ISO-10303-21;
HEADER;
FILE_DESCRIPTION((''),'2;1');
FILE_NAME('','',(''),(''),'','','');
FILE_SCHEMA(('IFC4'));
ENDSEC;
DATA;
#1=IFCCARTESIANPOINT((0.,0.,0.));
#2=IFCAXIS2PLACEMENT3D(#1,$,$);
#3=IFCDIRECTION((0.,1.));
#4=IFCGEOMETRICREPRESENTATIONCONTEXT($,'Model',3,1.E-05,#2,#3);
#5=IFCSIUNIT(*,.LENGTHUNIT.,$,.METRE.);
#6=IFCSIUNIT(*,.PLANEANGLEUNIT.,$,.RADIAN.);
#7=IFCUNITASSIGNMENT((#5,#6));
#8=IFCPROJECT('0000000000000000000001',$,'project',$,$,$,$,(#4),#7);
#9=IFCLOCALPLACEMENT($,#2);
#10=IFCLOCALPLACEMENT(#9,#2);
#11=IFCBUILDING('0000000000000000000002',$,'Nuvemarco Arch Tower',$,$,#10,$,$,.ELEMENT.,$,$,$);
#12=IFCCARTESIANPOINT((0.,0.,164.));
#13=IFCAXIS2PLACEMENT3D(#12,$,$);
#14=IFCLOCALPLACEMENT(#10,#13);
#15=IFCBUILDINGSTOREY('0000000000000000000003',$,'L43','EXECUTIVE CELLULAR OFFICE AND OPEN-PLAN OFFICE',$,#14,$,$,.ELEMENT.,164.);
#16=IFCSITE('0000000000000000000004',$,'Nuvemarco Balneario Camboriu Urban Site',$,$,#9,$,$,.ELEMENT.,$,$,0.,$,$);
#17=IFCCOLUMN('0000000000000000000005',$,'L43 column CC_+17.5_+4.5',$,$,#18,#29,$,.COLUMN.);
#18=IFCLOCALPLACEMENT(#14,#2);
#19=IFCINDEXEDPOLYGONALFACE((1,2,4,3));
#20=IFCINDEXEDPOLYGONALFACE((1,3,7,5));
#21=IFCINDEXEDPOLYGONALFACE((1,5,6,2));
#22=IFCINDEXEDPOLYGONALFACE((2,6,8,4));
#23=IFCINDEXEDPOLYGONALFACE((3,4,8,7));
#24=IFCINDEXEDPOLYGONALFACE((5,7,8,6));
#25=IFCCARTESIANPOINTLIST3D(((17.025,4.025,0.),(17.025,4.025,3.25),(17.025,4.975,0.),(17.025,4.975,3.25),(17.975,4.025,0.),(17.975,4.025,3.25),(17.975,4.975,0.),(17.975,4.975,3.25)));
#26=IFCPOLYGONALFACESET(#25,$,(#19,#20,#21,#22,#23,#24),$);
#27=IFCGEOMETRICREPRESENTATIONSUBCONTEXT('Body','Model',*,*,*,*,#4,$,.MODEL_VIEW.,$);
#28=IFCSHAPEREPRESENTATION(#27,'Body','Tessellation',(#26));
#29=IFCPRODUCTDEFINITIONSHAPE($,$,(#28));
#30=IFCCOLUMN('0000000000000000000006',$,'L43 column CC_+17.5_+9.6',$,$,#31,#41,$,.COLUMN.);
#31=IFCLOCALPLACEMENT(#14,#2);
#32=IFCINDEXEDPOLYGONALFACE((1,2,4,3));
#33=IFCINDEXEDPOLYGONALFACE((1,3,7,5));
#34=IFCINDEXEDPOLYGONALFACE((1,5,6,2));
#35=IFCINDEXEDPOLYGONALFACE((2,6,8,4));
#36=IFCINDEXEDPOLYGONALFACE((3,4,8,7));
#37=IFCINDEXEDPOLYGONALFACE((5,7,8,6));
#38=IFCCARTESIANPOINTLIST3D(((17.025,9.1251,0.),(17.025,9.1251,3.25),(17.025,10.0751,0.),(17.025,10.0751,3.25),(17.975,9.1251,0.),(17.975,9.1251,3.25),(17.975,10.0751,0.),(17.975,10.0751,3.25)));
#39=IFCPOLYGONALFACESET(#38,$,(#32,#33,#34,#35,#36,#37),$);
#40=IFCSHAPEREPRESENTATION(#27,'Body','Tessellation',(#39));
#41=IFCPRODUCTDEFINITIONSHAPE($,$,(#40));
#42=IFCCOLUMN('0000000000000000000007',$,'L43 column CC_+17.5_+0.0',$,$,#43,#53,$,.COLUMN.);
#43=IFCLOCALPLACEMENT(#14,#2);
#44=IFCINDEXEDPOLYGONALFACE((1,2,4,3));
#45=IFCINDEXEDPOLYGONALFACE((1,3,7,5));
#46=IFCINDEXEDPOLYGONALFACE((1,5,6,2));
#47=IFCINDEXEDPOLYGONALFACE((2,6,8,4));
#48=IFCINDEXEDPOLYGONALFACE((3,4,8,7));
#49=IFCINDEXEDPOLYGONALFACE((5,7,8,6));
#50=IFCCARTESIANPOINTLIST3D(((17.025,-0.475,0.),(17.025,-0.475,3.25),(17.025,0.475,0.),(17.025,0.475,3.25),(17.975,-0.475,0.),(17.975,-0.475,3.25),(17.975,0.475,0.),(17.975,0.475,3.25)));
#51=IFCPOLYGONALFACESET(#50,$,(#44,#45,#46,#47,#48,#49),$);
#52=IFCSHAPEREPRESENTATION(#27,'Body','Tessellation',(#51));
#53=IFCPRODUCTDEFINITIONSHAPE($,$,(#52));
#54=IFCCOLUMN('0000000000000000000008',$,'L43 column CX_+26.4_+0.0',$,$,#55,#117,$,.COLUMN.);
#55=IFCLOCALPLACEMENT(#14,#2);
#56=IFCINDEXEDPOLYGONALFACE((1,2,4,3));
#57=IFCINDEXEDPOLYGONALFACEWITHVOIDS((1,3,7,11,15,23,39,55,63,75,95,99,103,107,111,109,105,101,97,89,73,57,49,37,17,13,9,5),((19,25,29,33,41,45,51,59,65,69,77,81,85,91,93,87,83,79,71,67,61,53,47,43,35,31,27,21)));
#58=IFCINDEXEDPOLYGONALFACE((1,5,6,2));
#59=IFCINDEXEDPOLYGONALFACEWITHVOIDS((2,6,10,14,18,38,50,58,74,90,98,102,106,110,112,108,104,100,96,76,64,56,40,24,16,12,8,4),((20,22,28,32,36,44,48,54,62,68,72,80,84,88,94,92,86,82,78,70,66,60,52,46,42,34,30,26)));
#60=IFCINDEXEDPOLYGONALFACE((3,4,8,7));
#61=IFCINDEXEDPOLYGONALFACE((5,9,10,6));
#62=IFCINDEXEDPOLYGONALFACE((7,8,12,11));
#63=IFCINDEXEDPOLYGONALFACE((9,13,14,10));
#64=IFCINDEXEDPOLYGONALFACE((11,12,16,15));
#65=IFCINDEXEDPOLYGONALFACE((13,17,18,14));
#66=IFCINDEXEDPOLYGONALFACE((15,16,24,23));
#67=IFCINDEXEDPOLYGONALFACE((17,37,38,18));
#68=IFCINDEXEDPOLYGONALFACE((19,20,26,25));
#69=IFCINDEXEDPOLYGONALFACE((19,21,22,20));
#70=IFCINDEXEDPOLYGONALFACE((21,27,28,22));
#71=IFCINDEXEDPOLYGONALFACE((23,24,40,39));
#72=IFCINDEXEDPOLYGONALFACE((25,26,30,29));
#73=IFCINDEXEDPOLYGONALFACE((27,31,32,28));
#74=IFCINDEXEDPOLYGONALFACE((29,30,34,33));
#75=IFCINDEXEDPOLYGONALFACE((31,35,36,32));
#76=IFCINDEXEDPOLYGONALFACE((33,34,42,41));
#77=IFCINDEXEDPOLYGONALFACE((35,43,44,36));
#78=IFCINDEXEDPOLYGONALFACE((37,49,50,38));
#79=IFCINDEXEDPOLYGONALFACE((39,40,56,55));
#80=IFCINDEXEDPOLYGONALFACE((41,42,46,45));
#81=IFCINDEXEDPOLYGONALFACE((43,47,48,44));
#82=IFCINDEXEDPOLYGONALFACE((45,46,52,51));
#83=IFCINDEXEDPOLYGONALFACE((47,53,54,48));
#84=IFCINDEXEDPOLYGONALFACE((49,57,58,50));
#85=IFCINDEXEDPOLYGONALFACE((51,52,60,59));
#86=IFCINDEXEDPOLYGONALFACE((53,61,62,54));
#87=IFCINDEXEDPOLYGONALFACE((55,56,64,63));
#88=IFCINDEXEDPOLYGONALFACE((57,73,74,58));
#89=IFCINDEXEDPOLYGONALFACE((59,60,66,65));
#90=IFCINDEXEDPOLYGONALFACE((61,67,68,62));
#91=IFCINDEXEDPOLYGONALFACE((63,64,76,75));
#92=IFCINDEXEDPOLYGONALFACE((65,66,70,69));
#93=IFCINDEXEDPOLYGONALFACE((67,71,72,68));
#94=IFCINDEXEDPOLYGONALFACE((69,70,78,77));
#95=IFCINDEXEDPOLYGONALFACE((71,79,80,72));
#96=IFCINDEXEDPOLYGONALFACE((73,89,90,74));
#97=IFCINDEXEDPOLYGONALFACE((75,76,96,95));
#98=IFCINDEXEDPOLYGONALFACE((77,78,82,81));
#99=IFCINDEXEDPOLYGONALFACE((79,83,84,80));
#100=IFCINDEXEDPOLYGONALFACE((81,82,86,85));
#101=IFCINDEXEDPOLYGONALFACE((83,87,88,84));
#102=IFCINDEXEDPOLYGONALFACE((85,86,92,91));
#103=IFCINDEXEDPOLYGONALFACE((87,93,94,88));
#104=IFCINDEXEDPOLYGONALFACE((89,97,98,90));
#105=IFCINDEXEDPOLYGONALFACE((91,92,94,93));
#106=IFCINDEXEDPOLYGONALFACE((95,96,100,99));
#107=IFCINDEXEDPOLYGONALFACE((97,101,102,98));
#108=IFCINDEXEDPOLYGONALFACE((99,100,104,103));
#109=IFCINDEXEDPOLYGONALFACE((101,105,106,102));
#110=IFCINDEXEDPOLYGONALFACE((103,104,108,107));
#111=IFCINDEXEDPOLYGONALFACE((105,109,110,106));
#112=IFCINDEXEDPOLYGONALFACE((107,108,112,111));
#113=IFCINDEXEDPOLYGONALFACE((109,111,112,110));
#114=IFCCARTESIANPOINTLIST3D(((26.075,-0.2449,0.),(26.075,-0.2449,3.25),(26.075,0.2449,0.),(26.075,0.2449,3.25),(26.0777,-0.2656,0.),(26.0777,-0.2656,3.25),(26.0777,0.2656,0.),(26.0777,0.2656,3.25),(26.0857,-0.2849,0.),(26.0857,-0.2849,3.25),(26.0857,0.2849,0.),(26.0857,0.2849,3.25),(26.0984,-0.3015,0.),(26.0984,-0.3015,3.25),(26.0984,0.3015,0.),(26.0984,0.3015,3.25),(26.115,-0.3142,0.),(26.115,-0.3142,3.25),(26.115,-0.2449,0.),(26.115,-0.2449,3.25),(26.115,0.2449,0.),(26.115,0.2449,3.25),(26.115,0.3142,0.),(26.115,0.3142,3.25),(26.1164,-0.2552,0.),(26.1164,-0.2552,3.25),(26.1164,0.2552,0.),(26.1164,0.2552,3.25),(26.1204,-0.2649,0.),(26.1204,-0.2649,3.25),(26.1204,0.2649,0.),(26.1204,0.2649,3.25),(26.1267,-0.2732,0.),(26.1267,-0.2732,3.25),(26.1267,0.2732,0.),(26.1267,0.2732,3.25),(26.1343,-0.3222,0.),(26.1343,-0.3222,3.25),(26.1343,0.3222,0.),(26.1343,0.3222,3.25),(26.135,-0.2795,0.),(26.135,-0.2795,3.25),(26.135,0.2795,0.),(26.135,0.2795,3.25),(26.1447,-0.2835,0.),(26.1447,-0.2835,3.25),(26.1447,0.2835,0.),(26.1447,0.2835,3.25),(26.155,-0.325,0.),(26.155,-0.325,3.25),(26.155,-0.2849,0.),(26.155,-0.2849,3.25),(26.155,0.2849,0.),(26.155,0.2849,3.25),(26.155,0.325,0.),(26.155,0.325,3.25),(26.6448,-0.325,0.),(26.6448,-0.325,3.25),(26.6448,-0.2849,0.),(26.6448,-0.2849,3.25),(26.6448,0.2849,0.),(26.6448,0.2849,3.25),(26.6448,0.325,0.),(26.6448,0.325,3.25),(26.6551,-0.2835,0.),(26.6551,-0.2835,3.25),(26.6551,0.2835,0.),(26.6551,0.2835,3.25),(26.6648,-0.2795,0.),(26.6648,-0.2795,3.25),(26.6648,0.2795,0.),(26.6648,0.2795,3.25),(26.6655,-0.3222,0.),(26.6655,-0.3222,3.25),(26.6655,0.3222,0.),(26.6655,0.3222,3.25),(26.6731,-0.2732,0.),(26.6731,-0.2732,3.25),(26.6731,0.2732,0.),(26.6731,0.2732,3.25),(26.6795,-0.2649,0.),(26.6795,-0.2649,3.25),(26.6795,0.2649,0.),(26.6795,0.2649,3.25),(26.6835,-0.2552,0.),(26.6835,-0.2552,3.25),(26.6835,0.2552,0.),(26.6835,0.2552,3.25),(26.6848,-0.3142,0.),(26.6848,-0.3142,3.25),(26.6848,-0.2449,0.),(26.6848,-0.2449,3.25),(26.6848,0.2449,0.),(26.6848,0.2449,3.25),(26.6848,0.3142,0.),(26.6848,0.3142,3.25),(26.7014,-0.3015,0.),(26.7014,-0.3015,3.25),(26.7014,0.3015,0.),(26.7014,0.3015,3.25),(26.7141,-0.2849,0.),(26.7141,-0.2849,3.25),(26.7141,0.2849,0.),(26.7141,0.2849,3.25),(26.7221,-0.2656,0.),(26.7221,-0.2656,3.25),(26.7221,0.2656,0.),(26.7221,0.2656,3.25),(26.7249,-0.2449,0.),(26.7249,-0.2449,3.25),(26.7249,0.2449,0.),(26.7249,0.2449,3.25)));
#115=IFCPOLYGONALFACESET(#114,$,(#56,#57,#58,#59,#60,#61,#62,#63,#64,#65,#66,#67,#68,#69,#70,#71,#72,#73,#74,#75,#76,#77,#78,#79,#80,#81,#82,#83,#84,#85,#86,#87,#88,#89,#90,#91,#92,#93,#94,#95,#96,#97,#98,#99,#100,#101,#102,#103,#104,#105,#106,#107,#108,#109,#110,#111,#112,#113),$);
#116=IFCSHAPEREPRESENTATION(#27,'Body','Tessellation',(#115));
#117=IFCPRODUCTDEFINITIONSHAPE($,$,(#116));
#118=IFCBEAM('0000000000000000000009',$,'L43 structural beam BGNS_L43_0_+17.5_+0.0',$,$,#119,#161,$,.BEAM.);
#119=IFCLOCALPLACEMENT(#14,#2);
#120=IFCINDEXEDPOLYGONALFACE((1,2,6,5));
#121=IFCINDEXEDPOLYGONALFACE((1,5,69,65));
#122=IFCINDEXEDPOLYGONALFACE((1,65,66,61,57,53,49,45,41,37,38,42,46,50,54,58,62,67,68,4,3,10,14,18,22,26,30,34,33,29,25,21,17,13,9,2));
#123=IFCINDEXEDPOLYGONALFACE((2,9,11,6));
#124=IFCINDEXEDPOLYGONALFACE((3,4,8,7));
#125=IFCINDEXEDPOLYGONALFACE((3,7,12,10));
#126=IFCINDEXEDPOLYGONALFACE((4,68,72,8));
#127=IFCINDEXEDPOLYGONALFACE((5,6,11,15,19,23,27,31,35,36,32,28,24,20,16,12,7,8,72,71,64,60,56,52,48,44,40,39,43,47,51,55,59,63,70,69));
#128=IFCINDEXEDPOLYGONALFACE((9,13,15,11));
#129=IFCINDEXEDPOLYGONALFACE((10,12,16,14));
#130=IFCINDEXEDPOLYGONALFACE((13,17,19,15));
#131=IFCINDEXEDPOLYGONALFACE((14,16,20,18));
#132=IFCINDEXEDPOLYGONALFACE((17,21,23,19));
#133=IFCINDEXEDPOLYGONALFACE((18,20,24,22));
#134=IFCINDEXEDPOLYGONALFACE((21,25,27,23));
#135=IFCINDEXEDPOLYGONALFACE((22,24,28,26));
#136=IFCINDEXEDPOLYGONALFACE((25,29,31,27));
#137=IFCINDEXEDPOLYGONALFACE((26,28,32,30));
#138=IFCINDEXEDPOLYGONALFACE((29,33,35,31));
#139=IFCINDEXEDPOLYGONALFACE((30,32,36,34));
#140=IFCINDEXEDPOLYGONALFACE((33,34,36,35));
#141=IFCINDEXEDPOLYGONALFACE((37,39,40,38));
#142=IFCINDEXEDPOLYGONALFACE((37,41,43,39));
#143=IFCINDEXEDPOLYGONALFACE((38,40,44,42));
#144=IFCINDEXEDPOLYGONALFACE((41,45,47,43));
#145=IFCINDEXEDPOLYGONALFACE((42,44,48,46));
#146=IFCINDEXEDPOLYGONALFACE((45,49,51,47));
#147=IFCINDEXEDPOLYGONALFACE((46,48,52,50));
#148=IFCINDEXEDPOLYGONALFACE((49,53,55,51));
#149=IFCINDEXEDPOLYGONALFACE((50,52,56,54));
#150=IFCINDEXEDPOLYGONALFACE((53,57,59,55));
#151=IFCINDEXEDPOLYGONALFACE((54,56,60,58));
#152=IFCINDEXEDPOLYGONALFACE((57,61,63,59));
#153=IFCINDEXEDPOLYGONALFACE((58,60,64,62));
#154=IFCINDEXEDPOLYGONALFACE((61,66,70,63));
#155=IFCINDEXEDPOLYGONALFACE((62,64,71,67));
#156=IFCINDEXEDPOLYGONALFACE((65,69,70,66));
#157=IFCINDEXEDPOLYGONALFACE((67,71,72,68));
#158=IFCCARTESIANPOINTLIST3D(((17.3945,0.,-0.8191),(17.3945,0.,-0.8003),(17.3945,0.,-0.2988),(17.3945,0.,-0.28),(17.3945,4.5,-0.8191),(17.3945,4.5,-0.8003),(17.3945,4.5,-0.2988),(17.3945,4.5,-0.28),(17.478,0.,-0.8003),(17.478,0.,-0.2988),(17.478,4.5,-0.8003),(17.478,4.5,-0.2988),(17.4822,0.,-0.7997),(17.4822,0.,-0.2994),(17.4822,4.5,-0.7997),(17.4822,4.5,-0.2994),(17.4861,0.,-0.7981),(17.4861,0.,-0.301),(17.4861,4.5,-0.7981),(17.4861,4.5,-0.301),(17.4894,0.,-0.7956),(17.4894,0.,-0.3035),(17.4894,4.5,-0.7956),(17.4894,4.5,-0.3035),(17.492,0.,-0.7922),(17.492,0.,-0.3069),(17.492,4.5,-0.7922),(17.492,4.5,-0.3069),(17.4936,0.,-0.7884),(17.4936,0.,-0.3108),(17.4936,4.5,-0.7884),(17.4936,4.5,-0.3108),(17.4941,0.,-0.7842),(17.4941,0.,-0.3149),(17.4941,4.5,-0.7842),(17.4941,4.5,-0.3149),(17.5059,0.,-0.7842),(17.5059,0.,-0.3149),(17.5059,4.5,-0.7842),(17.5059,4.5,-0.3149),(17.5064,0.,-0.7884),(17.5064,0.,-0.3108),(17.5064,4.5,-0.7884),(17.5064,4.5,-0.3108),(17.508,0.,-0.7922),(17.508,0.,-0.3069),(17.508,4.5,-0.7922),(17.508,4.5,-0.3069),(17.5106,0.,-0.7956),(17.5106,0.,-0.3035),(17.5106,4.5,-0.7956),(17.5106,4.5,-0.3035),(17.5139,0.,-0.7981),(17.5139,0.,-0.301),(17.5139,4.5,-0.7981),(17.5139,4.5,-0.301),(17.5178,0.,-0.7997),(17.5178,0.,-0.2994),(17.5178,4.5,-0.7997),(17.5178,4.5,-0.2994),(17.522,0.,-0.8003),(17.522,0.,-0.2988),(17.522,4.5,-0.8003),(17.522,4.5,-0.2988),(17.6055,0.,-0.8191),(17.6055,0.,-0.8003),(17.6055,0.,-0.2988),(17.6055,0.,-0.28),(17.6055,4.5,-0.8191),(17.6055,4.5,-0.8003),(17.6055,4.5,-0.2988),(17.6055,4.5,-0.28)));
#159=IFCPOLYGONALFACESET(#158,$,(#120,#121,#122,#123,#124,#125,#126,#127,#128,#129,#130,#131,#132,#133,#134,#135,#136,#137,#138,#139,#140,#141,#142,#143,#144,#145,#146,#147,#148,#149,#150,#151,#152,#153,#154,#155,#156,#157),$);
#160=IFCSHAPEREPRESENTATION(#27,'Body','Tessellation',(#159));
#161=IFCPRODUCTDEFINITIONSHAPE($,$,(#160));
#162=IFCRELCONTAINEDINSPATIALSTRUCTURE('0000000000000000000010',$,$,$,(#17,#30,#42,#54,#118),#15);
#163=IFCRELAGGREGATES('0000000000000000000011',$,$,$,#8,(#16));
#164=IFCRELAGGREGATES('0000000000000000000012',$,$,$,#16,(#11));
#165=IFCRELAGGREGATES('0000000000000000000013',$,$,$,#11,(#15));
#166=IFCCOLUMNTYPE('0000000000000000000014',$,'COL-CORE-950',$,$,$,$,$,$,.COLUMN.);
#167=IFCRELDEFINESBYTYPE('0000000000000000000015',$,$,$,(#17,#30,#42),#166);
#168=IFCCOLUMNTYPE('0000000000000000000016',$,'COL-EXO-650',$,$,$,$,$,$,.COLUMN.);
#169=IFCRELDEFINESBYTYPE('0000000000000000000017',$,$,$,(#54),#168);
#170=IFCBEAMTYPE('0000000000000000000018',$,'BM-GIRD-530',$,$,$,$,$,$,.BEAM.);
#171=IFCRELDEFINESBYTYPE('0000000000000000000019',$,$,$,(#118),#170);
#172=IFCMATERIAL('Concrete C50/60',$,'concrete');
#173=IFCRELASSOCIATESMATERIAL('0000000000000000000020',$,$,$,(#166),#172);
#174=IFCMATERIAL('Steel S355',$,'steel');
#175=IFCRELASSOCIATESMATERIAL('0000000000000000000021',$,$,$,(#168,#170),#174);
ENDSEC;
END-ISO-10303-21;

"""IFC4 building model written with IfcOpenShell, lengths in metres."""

from ifc_helpers import new_model, si_unit, direction, frame, origin, origin_2d, place, context, subcontext, project, spatial, rectangle, hollow_rectangle, i_section, extrude, material, material_profile, profile_set, type_object, element, save


model = new_model("IFC4")

# Units and contexts
model_context = context("Model", 3, precision=1e-05, world=origin(), true_north=direction((0.0, 1.0)))
body_context = subcontext(model_context, "Body", "Model", "MODEL_VIEW")
ifc_project = project(units=[si_unit("LENGTHUNIT", "METRE"), si_unit("PLANEANGLEUNIT", "RADIAN")], contexts=[model_context])

# Site, building, storey
site_placement = place(None, origin())
site = spatial("IfcSite", under=ifc_project, at=site_placement, Name="Nuvemarco Balneario Camboriu Urban Site", CompositionType="ELEMENT", RefElevation=0.0)
building_placement = place(site_placement, origin())
building = spatial("IfcBuilding", under=site, at=building_placement, Name="Nuvemarco Arch Tower", CompositionType="ELEMENT")
storey_placement = place(building_placement, frame((0.0, 0.0, 164.0)))
storey = spatial("IfcBuildingStorey", under=building, at=storey_placement, Name="L43", Description="EXECUTIVE CELLULAR OFFICE AND OPEN-PLAN OFFICE", CompositionType="ELEMENT", Elevation=164.0)

# Columns
ifc_material_1 = material(Name="Concrete C50/60", Category="concrete")
ifc_material_profile_1 = material_profile(ifc_material_1, rectangle(XDim=0.95, YDim=0.95, at=origin_2d()), Name="RC-COL-950x950")
ifc_profile_set_1 = profile_set([ifc_material_profile_1], Name="Concrete C50/60")
column_type_1 = type_object("IfcColumnType", Name="COL-CORE-950", PredefinedType="COLUMN", material=ifc_profile_set_1)
for number, where, z_axis, x_axis, name in (
    (1, (17.5, 4.5, 0.0), (0.0, 0.0, 1.0), (1.0, 0.0, 0.0), "L43 column CC_+17.5_+4.5"),
    (2, (17.5, 9.6001, 0.0), (0.0, 0.0, 1.0), (1.0, 0.0, 0.0), "L43 column CC_+17.5_+9.6"),
    (3, (17.5, 0.0, 0.0), (0.0, 0.0, 1.0), (1.0, 0.0, 0.0), "L43 column CC_+17.5_+0.0"),
):
    element("IfcColumn", number, at=place(storey_placement, frame(where, z_axis=z_axis, x_axis=x_axis)), inside=storey, type_object=column_type_1, Name=name, PredefinedType="COLUMN", context=body_context, shape_type="SweptSolid", body=[
        extrude(rectangle(XDim=0.95, YDim=0.95, at=origin_2d()), origin(), (0.0, 0.0, 1.0), 3.25),
    ])
ifc_material_2 = material(Name="Steel S355", Category="steel")
ifc_material_profile_2 = material_profile(ifc_material_2, hollow_rectangle(XDim=0.6499, YDim=0.6499, WallThickness=0.04, InnerFilletRadius=0.04, OuterFilletRadius=0.0801, at=origin_2d()), Name="SHS650x650x40")
ifc_profile_set_2 = profile_set([ifc_material_profile_2], Name="Steel S355")
column_type_2 = type_object("IfcColumnType", Name="COL-EXO-650", PredefinedType="COLUMN", material=ifc_profile_set_2)
column_placement = place(storey_placement, frame((26.3999, 0.0, 0.0), z_axis=(0.0, 0.0, 1.0), x_axis=(1.0, 0.0, 0.0)))
element("IfcColumn", 4, at=column_placement, inside=storey, type_object=column_type_2, Name="L43 column CX_+26.4_+0.0", PredefinedType="COLUMN", context=body_context, shape_type="SweptSolid", body=[
    extrude(hollow_rectangle(XDim=0.6499, YDim=0.6499, WallThickness=0.04, InnerFilletRadius=0.04, OuterFilletRadius=0.0801, at=origin_2d()), origin(), (0.0, 0.0, 1.0), 3.25),
])

# Beam
ifc_material_profile_3 = material_profile(ifc_material_2, i_section(OverallWidth=0.2109, OverallDepth=0.5391, WebThickness=0.0117, FlangeThickness=0.0188, FilletRadius=0.0161, at=origin_2d()), Name="W530x109")
ifc_profile_set_3 = profile_set([ifc_material_profile_3], Name="Steel S355")
beam_type_1 = type_object("IfcBeamType", Name="BM-GIRD-530", PredefinedType="BEAM", material=ifc_profile_set_3)
beam_1_placement = place(storey_placement, frame((17.5, 0.0, -0.5496), z_axis=(0.0, 1.0, 0.0), x_axis=(-1.0, 0.0, 0.0)))
element("IfcBeam", 5, at=beam_1_placement, inside=storey, type_object=beam_type_1, Name="L43 structural beam BGNS_L43_0_+17.5_+0.0", PredefinedType="BEAM", context=body_context, shape_type="SweptSolid", body=[
    extrude(i_section(OverallWidth=0.2109, OverallDepth=0.5391, WebThickness=0.0117, FlangeThickness=0.0188, FilletRadius=0.0161, at=origin_2d()), origin(), (0.0, 0.0, 1.0), 4.5),
])

save(model, "model.ifc")
